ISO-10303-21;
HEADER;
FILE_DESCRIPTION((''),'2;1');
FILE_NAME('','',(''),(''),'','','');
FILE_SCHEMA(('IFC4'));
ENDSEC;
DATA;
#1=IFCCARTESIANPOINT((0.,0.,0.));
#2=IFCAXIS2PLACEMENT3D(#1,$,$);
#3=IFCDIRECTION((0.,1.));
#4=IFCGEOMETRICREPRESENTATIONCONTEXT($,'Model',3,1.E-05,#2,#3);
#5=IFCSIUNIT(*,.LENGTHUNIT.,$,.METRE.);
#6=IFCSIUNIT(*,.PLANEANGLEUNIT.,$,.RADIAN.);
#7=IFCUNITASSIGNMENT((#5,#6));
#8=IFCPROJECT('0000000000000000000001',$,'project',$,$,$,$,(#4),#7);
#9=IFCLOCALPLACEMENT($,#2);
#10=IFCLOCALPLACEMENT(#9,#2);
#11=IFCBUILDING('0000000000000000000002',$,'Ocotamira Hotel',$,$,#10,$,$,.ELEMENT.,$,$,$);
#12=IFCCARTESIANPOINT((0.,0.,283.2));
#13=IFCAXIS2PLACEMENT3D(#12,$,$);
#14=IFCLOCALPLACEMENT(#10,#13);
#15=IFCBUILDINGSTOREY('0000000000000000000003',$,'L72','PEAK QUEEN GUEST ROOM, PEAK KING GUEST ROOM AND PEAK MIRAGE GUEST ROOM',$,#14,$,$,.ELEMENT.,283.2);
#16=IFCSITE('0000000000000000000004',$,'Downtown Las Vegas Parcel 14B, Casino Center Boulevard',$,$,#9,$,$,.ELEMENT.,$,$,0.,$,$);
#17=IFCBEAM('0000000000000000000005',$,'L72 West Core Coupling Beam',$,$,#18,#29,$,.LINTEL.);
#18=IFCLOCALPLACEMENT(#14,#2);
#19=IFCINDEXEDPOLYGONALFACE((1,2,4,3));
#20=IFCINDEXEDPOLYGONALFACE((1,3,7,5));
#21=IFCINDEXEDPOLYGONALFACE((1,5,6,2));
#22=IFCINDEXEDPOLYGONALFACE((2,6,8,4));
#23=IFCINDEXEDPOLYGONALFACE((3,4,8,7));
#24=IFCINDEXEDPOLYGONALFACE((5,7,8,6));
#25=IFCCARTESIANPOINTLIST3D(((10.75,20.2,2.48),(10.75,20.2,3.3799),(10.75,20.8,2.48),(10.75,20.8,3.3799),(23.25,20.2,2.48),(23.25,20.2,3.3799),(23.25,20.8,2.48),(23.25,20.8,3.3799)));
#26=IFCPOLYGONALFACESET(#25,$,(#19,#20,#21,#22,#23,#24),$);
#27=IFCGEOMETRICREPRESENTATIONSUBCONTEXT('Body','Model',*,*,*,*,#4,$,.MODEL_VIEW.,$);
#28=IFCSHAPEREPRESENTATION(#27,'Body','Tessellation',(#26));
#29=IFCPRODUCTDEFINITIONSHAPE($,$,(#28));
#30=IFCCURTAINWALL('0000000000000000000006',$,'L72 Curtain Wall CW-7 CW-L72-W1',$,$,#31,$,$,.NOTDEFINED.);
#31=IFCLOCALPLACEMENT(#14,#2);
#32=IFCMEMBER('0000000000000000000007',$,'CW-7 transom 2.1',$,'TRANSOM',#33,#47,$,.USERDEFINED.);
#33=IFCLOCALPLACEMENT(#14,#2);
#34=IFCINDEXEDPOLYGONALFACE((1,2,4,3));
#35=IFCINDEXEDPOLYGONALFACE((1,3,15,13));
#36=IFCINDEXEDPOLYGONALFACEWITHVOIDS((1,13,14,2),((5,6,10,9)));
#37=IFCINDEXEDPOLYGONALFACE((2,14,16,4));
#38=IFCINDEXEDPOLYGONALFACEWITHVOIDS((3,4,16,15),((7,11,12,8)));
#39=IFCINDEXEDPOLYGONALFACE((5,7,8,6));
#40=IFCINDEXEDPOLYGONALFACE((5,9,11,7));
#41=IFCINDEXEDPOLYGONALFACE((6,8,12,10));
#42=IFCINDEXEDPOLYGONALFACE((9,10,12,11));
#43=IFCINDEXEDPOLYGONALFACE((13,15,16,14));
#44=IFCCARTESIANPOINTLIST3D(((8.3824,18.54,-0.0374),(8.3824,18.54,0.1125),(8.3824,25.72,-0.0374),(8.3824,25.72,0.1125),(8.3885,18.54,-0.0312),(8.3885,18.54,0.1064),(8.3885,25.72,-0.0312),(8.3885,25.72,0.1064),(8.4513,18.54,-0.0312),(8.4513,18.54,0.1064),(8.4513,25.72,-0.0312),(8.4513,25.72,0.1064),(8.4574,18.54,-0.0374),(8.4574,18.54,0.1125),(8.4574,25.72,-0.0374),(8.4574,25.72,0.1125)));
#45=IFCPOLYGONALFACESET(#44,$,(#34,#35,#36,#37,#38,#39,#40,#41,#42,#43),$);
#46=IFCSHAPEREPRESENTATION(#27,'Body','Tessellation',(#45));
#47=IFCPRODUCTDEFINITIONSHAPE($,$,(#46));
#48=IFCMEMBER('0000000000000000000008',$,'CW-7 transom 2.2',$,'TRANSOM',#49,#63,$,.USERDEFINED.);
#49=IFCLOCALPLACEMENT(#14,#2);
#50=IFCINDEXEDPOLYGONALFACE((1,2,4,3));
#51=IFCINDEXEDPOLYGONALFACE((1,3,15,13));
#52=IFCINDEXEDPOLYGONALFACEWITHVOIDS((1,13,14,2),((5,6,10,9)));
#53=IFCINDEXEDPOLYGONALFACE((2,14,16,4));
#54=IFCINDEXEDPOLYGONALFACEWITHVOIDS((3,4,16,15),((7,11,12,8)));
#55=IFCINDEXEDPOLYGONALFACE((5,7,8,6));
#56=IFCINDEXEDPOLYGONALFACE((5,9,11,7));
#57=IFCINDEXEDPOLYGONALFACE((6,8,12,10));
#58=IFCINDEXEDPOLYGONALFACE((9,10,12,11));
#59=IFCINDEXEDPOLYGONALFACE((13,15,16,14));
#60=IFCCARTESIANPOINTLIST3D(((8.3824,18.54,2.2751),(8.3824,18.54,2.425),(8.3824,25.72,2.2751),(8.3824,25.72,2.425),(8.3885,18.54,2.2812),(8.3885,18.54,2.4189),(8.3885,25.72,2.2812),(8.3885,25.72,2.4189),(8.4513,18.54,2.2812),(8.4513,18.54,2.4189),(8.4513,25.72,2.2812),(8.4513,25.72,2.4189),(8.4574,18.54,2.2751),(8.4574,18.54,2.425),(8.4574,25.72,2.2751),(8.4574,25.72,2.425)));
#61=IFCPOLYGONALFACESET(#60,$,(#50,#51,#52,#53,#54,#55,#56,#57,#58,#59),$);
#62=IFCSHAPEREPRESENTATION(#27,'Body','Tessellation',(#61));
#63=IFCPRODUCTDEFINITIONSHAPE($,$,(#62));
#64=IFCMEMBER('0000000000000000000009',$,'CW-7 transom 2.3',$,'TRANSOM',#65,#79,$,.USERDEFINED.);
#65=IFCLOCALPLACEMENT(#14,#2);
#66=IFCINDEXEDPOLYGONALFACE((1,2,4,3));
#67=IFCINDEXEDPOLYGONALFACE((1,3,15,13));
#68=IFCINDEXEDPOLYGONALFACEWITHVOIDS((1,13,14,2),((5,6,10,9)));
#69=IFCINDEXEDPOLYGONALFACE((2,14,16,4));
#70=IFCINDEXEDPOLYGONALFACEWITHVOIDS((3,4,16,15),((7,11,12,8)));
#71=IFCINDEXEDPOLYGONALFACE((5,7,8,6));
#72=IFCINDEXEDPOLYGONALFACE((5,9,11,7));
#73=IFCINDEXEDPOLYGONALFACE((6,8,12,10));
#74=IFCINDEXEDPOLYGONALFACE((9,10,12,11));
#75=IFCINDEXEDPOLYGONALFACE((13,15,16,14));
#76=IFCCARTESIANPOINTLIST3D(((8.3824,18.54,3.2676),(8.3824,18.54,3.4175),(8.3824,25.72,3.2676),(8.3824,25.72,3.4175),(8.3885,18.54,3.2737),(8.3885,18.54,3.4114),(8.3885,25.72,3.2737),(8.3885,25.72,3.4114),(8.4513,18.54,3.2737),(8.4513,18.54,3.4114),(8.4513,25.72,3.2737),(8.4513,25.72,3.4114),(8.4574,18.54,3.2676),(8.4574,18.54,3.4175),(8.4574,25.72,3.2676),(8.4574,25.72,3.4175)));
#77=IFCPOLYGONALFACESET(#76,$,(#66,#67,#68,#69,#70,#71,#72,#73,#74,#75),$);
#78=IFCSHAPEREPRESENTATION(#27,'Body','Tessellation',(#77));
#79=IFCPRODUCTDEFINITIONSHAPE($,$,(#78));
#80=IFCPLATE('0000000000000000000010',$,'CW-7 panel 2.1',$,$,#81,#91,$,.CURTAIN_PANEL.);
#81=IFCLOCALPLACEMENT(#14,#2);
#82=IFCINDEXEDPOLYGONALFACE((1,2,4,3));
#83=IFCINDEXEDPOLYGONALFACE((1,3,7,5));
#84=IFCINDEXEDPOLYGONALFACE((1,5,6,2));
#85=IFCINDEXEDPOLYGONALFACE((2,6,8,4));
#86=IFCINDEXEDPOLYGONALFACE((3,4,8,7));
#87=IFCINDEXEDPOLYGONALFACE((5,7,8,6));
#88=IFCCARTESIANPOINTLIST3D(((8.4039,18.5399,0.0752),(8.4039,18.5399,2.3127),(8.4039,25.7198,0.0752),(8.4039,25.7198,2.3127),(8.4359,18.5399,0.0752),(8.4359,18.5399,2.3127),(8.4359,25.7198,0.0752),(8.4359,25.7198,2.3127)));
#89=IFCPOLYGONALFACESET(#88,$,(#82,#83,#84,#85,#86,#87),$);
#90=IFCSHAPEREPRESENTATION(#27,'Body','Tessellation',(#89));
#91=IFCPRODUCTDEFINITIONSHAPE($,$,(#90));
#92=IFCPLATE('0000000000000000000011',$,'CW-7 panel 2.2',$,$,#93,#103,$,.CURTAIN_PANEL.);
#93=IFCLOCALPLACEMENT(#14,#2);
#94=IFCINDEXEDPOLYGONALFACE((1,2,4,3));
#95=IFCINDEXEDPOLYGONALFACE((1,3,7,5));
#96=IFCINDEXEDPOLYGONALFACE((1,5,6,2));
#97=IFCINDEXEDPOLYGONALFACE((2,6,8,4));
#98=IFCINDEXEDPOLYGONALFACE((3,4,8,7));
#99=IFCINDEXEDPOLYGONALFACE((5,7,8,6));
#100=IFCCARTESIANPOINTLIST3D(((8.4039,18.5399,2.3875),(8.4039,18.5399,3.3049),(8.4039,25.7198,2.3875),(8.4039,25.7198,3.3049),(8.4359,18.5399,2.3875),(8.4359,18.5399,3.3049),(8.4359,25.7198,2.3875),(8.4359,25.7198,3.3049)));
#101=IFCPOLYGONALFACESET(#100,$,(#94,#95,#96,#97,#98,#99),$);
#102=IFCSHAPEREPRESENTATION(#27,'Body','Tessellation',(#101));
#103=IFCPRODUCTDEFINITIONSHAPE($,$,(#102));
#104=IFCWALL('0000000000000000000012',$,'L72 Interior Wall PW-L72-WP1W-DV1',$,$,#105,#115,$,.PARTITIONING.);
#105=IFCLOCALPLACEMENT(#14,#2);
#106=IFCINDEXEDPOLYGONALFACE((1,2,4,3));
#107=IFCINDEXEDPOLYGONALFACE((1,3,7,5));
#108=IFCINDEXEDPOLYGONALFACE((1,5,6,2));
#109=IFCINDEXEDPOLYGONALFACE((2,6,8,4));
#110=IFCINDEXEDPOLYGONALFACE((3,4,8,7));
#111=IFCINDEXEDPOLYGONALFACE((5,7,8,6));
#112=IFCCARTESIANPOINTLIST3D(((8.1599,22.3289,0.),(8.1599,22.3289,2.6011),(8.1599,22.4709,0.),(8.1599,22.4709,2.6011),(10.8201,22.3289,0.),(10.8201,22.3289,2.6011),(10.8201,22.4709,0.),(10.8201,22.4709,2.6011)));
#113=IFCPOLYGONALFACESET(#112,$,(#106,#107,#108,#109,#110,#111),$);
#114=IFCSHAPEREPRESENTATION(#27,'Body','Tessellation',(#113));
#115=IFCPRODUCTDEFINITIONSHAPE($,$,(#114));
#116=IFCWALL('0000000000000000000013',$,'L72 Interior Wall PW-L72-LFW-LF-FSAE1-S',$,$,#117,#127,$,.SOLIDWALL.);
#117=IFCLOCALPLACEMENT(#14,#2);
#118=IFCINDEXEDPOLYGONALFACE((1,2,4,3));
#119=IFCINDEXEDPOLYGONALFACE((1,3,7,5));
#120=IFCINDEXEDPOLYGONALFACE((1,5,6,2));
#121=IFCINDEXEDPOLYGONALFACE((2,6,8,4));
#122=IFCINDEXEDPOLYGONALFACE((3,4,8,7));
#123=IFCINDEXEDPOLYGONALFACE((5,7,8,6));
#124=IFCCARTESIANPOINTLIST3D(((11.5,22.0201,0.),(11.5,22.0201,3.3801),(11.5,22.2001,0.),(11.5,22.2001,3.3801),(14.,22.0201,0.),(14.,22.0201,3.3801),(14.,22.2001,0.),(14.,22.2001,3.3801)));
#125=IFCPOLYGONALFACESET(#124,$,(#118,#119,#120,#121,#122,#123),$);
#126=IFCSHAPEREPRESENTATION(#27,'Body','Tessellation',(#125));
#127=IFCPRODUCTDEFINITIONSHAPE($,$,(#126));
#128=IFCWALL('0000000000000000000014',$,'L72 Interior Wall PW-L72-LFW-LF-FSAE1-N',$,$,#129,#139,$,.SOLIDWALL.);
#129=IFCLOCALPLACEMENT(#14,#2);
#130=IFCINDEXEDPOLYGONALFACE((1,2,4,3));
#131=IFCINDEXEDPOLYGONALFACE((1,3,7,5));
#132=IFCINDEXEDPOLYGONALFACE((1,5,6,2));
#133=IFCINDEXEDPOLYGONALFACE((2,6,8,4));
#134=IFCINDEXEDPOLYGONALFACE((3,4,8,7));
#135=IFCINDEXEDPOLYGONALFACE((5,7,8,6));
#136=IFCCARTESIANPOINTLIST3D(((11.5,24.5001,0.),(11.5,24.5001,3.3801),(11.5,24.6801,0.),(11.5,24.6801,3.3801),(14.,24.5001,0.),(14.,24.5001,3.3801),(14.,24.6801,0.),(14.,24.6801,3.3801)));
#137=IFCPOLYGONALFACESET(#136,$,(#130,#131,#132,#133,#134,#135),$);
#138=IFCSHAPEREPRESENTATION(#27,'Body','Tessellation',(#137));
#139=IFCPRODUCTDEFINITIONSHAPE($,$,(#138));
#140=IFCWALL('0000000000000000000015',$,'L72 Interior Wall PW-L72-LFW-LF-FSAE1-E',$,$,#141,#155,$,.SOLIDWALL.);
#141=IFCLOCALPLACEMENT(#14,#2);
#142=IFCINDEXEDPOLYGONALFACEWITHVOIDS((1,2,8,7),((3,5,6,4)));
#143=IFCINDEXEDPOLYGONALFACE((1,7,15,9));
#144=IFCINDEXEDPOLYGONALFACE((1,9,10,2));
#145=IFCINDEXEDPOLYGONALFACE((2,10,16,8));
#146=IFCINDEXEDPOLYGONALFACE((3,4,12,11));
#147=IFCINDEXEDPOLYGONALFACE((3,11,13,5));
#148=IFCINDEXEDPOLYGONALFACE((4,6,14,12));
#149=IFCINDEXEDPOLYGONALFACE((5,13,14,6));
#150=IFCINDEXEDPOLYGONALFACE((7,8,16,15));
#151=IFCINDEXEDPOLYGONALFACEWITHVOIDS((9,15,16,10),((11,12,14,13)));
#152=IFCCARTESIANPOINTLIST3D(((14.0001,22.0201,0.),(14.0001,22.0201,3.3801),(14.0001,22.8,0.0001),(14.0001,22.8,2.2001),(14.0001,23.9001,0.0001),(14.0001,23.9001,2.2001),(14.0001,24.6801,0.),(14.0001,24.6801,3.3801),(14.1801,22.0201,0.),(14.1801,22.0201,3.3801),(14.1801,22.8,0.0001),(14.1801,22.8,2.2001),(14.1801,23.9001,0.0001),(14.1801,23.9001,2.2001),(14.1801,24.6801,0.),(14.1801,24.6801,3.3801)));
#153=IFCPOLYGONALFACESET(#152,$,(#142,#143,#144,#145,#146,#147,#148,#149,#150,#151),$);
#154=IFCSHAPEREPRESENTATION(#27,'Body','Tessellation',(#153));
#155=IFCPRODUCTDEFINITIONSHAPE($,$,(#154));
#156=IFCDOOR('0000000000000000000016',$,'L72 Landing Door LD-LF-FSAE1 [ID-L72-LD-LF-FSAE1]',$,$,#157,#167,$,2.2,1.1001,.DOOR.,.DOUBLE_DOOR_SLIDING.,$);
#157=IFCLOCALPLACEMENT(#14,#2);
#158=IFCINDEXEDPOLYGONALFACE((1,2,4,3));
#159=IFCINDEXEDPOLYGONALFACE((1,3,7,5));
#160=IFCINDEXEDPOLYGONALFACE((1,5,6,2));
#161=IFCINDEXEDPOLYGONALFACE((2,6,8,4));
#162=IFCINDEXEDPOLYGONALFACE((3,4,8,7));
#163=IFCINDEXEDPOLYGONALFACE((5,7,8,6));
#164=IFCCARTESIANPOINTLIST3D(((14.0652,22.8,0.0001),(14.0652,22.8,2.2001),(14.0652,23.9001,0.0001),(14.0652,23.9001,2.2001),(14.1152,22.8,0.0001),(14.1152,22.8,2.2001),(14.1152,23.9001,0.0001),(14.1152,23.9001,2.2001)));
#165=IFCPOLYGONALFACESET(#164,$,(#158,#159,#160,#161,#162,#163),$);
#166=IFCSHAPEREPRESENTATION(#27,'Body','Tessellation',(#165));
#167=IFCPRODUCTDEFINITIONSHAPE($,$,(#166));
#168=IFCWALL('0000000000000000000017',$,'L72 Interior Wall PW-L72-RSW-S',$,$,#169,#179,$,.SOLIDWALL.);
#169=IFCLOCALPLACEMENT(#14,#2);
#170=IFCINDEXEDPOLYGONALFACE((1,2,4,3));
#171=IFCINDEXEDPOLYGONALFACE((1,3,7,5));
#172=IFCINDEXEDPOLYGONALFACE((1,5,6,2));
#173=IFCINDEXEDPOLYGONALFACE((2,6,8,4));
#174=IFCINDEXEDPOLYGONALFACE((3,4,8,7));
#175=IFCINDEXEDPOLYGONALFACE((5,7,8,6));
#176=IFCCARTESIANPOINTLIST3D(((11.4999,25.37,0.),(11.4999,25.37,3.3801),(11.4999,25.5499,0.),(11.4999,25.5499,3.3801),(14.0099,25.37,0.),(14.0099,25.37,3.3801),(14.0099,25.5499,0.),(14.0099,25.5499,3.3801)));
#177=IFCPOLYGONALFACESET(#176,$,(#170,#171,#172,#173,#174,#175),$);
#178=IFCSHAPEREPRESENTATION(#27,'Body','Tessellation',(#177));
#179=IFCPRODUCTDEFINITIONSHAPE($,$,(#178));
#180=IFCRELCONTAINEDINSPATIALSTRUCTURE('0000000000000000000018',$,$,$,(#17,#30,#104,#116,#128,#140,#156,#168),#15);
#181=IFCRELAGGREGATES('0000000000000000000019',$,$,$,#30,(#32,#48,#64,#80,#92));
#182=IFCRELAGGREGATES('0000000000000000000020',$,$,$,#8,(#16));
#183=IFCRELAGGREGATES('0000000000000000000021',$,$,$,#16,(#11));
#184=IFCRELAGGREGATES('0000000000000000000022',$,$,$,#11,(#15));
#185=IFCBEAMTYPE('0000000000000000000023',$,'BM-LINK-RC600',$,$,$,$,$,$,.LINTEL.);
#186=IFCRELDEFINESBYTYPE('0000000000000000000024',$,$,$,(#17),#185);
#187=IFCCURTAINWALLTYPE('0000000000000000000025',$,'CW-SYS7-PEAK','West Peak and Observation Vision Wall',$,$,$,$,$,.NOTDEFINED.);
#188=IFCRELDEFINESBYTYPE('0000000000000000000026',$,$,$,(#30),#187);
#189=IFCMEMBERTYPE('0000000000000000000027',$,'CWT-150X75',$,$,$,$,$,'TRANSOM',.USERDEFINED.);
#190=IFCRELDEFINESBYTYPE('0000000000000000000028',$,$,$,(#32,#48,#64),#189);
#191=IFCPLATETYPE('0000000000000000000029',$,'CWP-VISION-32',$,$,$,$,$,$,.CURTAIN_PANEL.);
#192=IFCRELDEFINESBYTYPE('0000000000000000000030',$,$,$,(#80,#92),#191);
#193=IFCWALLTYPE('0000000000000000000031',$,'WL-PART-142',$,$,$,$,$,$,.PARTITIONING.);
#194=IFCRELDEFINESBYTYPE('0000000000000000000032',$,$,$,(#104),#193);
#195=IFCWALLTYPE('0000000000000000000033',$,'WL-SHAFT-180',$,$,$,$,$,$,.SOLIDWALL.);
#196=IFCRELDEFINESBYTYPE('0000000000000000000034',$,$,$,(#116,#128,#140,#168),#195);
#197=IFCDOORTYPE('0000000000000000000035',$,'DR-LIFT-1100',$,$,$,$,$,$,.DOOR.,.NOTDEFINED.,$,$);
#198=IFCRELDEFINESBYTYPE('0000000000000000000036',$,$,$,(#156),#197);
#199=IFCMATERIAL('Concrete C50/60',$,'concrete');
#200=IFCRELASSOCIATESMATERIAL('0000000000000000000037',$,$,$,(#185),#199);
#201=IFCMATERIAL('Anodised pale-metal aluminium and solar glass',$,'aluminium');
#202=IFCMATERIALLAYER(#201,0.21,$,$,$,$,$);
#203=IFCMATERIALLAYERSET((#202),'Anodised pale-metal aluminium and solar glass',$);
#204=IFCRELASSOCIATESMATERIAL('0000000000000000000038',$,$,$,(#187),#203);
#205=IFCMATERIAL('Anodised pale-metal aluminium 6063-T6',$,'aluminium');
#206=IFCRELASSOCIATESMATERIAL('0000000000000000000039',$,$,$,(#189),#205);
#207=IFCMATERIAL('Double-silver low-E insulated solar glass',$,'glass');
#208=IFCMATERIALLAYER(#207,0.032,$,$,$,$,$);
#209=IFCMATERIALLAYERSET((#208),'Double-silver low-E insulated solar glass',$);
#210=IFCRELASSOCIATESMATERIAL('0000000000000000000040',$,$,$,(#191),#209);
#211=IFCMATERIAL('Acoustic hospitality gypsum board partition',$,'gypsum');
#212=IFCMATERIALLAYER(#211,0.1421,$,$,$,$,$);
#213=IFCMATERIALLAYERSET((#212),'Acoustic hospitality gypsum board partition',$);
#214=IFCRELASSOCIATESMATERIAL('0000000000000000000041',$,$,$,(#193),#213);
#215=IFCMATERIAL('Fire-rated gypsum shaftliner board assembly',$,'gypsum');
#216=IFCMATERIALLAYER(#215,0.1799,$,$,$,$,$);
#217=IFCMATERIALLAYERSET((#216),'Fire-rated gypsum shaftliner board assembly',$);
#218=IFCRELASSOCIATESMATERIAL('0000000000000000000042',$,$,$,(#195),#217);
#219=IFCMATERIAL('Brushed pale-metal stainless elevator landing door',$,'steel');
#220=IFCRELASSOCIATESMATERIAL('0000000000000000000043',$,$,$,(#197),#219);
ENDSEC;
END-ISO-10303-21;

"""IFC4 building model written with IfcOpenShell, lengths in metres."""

from ifc_helpers import new_model, si_unit, direction, frame, frame_2d, origin, origin_2d, place, context, subcontext, project, spatial, rectangle, hollow_rectangle, extrude, source, transform, mapped, material, layer, layer_set, material_profile, profile_set, type_object, element, fill, aggregate, save


model = new_model("IFC4")

# Units and contexts
model_context = context("Model", 3, precision=1e-05, world=origin(), true_north=direction((0.0, 1.0)))
body_context = subcontext(model_context, "Body", "Model", "MODEL_VIEW")
ifc_project = project(units=[si_unit("LENGTHUNIT", "METRE"), si_unit("PLANEANGLEUNIT", "RADIAN")], contexts=[model_context])

# Site, building, storey
site_placement = place(None, origin())
site = spatial("IfcSite", under=ifc_project, at=site_placement, Name="Downtown Las Vegas Parcel 14B, Casino Center Boulevard", CompositionType="ELEMENT", RefElevation=0.0)
building_placement = place(site_placement, origin())
building = spatial("IfcBuilding", under=site, at=building_placement, Name="Ocotamira Hotel", CompositionType="ELEMENT")
storey_placement = place(building_placement, frame((0.0, 0.0, 283.2)))
storey = spatial("IfcBuildingStorey", under=building, at=storey_placement, Name="L72", Description="PEAK QUEEN GUEST ROOM, PEAK KING GUEST ROOM AND PEAK MIRAGE GUEST ROOM", CompositionType="ELEMENT", Elevation=283.2)

# Beam
ifc_material_1 = material(Name="Concrete C50/60", Category="concrete")
ifc_material_profile_1 = material_profile(ifc_material_1, rectangle(XDim=0.6001, YDim=0.8999, at=origin_2d()), Name="RC600X900")
ifc_profile_set_1 = profile_set([ifc_material_profile_1], Name="Concrete C50/60")
beam_type = type_object("IfcBeamType", Name="BM-LINK-RC600", PredefinedType="LINTEL", material=ifc_profile_set_1)
shared_shape_1 = source(origin(), body_context, "Body", "SweptSolid", [
    extrude(rectangle(XDim=0.6001, YDim=0.8999, at=origin_2d()), origin(), (0.0, 0.0, 1.0), 12.5),
])
beam_placement = place(storey_placement, frame((10.75, 20.5, 2.9299), z_axis=(1.0, 0.0, 0.0), x_axis=(0.0, 1.0, 0.0)))
element("IfcBeam", 1, at=beam_placement, inside=storey, type_object=beam_type, Name="L72 West Core Coupling Beam", PredefinedType="LINTEL", context=body_context, shape_type="MappedRepresentation", body=[
    mapped(shared_shape_1, transform((0.0, 0.0, 0.0), scale=1.0)),
])

# Curtain wall, members, plates
ifc_material_2 = material(Name="Anodised pale-metal aluminium and solar glass", Category="aluminium")
ifc_layer_1 = layer(ifc_material_2, 0.21)
ifc_layer_set_1 = layer_set([ifc_layer_1], Name="Anodised pale-metal aluminium and solar glass")
curtain_wall_type = type_object("IfcCurtainWallType", Name="CW-SYS7-PEAK", Description="West Peak and Observation Vision Wall", PredefinedType="NOTDEFINED", material=ifc_layer_set_1)
curtain_wall_placement = place(storey_placement, origin())
curtain_wall = element("IfcCurtainWall", 2, at=curtain_wall_placement, inside=storey, type_object=curtain_wall_type, Name="L72 Curtain Wall CW-7 CW-L72-W1", PredefinedType="NOTDEFINED")
ifc_material_3 = material(Name="Anodised pale-metal aluminium 6063-T6", Category="aluminium")
ifc_material_profile_2 = material_profile(ifc_material_3, hollow_rectangle(XDim=0.075, YDim=0.1499, WallThickness=0.0061, at=origin_2d()), Name="HSS150X75X6")
ifc_profile_set_2 = profile_set([ifc_material_profile_2], Name="Anodised pale-metal aluminium 6063-T6")
member_type = type_object("IfcMemberType", Name="CWT-150X75", ElementType="TRANSOM", PredefinedType="USERDEFINED", material=ifc_profile_set_2)
shared_shape_2 = source(origin(), body_context, "Body", "SweptSolid", [
    extrude(hollow_rectangle(XDim=0.075, YDim=0.1499, WallThickness=0.0061, at=origin_2d()), origin(), (0.0, 0.0, 1.0), 7.1799),
])
member_1_placement = place(storey_placement, frame((8.4199, 18.54, 0.0376), z_axis=(0.0, 1.0, 0.0), x_axis=(-1.0, 0.0, 0.0)))
member_1 = element("IfcMember", 3, at=member_1_placement, type_object=member_type, Name="CW-7 transom 2.1", ObjectType="TRANSOM", PredefinedType="USERDEFINED", context=body_context, shape_type="MappedRepresentation", body=[
    mapped(shared_shape_2, transform((0.0, 0.0, 0.0), scale=1.0)),
])
member_2_placement = place(storey_placement, frame((8.4199, 18.54, 2.3501), z_axis=(0.0, 1.0, 0.0), x_axis=(-1.0, 0.0, 0.0)))
member_2 = element("IfcMember", 4, at=member_2_placement, type_object=member_type, Name="CW-7 transom 2.2", ObjectType="TRANSOM", PredefinedType="USERDEFINED", context=body_context, shape_type="MappedRepresentation", body=[
    mapped(shared_shape_2, transform((0.0, 0.0, 0.0), scale=1.0)),
])
member_3_placement = place(storey_placement, frame((8.4199, 18.54, 3.3425), z_axis=(0.0, 1.0, 0.0), x_axis=(-1.0, 0.0, 0.0)))
member_3 = element("IfcMember", 5, at=member_3_placement, type_object=member_type, Name="CW-7 transom 2.3", ObjectType="TRANSOM", PredefinedType="USERDEFINED", context=body_context, shape_type="MappedRepresentation", body=[
    mapped(shared_shape_2, transform((0.0, 0.0, 0.0), scale=1.0)),
])
ifc_material_4 = material(Name="Double-silver low-E insulated solar glass", Category="glass")
ifc_layer_2 = layer(ifc_material_4, 0.032)
ifc_layer_set_2 = layer_set([ifc_layer_2], Name="Double-silver low-E insulated solar glass")
plate_type = type_object("IfcPlateType", Name="CWP-VISION-32", PredefinedType="CURTAIN_PANEL", material=ifc_layer_set_2)
shared_shape_3 = source(origin(), body_context, "Body", "SweptSolid", [
    extrude(rectangle(XDim=7.1799, YDim=0.032, at=origin_2d()), origin(), (0.0, 0.0, 1.0), 2.2375),
])
plate_1_placement = place(storey_placement, frame((8.4199, 22.1299, 0.0752), z_axis=(0.0, 0.0, 1.0), x_axis=(0.0, 1.0, 0.0)))
plate_1 = element("IfcPlate", 6, at=plate_1_placement, type_object=plate_type, Name="CW-7 panel 2.1", PredefinedType="CURTAIN_PANEL", context=body_context, shape_type="MappedRepresentation", body=[
    mapped(shared_shape_3, transform((0.0, 0.0, 0.0), scale=1.0)),
])
shared_shape_4 = source(origin(), body_context, "Body", "SweptSolid", [
    extrude(rectangle(XDim=7.1799, YDim=0.032, at=origin_2d()), origin(), (0.0, 0.0, 1.0), 0.9175),
])
plate_2_placement = place(storey_placement, frame((8.4199, 22.1299, 2.3875), z_axis=(0.0, 0.0, 1.0), x_axis=(0.0, 1.0, 0.0)))
plate_2 = element("IfcPlate", 7, at=plate_2_placement, type_object=plate_type, Name="CW-7 panel 2.2", PredefinedType="CURTAIN_PANEL", context=body_context, shape_type="MappedRepresentation", body=[
    mapped(shared_shape_4, transform((0.0, 0.0, 0.0), scale=1.0)),
])
aggregate(curtain_wall, [member_1, member_2, member_3, plate_1, plate_2])

# Walls
ifc_material_5 = material(Name="Acoustic hospitality gypsum board partition", Category="gypsum")
ifc_layer_3 = layer(ifc_material_5, 0.1421)
ifc_layer_set_3 = layer_set([ifc_layer_3], Name="Acoustic hospitality gypsum board partition")
wall_type_1 = type_object("IfcWallType", Name="WL-PART-142", PredefinedType="PARTITIONING", material=ifc_layer_set_3)
wall_1_placement = place(storey_placement, frame((8.1599, 22.3999, 0.0), z_axis=(0.0, 0.0, 1.0), x_axis=(1.0, 0.0, 0.0)))
element("IfcWall", 8, at=wall_1_placement, inside=storey, type_object=wall_type_1, Name="L72 Interior Wall PW-L72-WP1W-DV1", PredefinedType="PARTITIONING", context=body_context, shape_type="SweptSolid", body=[
    extrude(rectangle(XDim=2.6602, YDim=0.1421, at=frame_2d((1.3301, 0.0))), origin(), (0.0, 0.0, 1.0), 2.6011),
])
ifc_material_6 = material(Name="Fire-rated gypsum shaftliner board assembly", Category="gypsum")
ifc_layer_4 = layer(ifc_material_6, 0.1799)
ifc_layer_set_4 = layer_set([ifc_layer_4], Name="Fire-rated gypsum shaftliner board assembly")
wall_type_2 = type_object("IfcWallType", Name="WL-SHAFT-180", PredefinedType="SOLIDWALL", material=ifc_layer_set_4)
for number, where, z_axis, x_axis, name in (
    (9, (11.5, 22.1101, 0.0), (0.0, 0.0, 1.0), (1.0, 0.0, 0.0), "L72 Interior Wall PW-L72-LFW-LF-FSAE1-S"),
    (10, (11.5, 24.5901, 0.0), (0.0, 0.0, 1.0), (1.0, 0.0, 0.0), "L72 Interior Wall PW-L72-LFW-LF-FSAE1-N"),
):
    element("IfcWall", number, at=place(storey_placement, frame(where, z_axis=z_axis, x_axis=x_axis)), inside=storey, type_object=wall_type_2, Name=name, PredefinedType="SOLIDWALL", context=body_context, shape_type="SweptSolid", body=[
        extrude(rectangle(XDim=2.5, YDim=0.1799, at=frame_2d((1.25, 0.0))), origin(), (0.0, 0.0, 1.0), 3.3801),
    ])

# Wall, opening, door
wall_2_placement = place(storey_placement, frame((14.0901, 22.02, 0.0), z_axis=(0.0, 0.0, 1.0), x_axis=(0.0, 1.0, 0.0)))
wall_2 = element("IfcWall", 11, at=wall_2_placement, inside=storey, type_object=wall_type_2, Name="L72 Interior Wall PW-L72-LFW-LF-FSAE1-E", PredefinedType="SOLIDWALL", context=body_context, shape_type="SweptSolid", body=[
    extrude(rectangle(XDim=2.6599, YDim=0.1799, at=frame_2d((1.3301, 0.0))), origin(), (0.0, 0.0, 1.0), 3.3801),
])
opening_1_placement = place(wall_2_placement, frame((0.78, 0.0, 0.0)))
opening_1 = element("IfcOpeningElement", 12, at=opening_1_placement, cuts=wall_2, PredefinedType="OPENING", context=body_context, shape_type="SweptSolid", body=[
    extrude(rectangle(XDim=1.1001, YDim=2.2, at=frame_2d((0.55, 1.1001))), frame((0.0, 0.1001, 0.0), z_axis=(0.0, -1.0, 0.0), x_axis=(1.0, 0.0, 0.0)), (0.0, 0.0, 1.0), 0.2),
])
ifc_material_7 = material(Name="Brushed pale-metal stainless elevator landing door", Category="steel")
door_type_1 = type_object("IfcDoorType", Name="DR-LIFT-1100", OperationType="NOTDEFINED", PredefinedType="DOOR", material=ifc_material_7)
shared_shape_5 = source(origin(), body_context, "Body", "SweptSolid", [
    extrude(rectangle(XDim=1.1001, YDim=2.2, at=frame_2d((0.55, 1.1001))), frame((0.0, 0.0249, 0.0), z_axis=(0.0, -1.0, 0.0), x_axis=(1.0, 0.0, 0.0)), (0.0, 0.0, 1.0), 0.05),
])
door_1_placement = place(opening_1_placement, origin())
door_1 = element("IfcDoor", 13, at=door_1_placement, inside=storey, type_object=door_type_1, Name="L72 Landing Door LD-LF-FSAE1 [ID-L72-LD-LF-FSAE1]", OperationType="DOUBLE_DOOR_SLIDING", OverallHeight=2.2, OverallWidth=1.1001, PredefinedType="DOOR", context=body_context, shape_type="MappedRepresentation", body=[
    mapped(shared_shape_5, transform((0.0, 0.0, 0.0), scale=1.0)),
])
fill(opening_1, door_1)

# Wall
wall_3_placement = place(storey_placement, frame((11.5, 25.46, 0.0), z_axis=(0.0, 0.0, 1.0), x_axis=(1.0, 0.0, 0.0)))
element("IfcWall", 14, at=wall_3_placement, inside=storey, type_object=wall_type_2, Name="L72 Interior Wall PW-L72-RSW-S", PredefinedType="SOLIDWALL", context=body_context, shape_type="SweptSolid", body=[
    extrude(rectangle(XDim=2.51, YDim=0.1799, at=frame_2d((1.2549, 0.0))), origin(), (0.0, 0.0, 1.0), 3.3801),
])

save(model, "model.ifc")
